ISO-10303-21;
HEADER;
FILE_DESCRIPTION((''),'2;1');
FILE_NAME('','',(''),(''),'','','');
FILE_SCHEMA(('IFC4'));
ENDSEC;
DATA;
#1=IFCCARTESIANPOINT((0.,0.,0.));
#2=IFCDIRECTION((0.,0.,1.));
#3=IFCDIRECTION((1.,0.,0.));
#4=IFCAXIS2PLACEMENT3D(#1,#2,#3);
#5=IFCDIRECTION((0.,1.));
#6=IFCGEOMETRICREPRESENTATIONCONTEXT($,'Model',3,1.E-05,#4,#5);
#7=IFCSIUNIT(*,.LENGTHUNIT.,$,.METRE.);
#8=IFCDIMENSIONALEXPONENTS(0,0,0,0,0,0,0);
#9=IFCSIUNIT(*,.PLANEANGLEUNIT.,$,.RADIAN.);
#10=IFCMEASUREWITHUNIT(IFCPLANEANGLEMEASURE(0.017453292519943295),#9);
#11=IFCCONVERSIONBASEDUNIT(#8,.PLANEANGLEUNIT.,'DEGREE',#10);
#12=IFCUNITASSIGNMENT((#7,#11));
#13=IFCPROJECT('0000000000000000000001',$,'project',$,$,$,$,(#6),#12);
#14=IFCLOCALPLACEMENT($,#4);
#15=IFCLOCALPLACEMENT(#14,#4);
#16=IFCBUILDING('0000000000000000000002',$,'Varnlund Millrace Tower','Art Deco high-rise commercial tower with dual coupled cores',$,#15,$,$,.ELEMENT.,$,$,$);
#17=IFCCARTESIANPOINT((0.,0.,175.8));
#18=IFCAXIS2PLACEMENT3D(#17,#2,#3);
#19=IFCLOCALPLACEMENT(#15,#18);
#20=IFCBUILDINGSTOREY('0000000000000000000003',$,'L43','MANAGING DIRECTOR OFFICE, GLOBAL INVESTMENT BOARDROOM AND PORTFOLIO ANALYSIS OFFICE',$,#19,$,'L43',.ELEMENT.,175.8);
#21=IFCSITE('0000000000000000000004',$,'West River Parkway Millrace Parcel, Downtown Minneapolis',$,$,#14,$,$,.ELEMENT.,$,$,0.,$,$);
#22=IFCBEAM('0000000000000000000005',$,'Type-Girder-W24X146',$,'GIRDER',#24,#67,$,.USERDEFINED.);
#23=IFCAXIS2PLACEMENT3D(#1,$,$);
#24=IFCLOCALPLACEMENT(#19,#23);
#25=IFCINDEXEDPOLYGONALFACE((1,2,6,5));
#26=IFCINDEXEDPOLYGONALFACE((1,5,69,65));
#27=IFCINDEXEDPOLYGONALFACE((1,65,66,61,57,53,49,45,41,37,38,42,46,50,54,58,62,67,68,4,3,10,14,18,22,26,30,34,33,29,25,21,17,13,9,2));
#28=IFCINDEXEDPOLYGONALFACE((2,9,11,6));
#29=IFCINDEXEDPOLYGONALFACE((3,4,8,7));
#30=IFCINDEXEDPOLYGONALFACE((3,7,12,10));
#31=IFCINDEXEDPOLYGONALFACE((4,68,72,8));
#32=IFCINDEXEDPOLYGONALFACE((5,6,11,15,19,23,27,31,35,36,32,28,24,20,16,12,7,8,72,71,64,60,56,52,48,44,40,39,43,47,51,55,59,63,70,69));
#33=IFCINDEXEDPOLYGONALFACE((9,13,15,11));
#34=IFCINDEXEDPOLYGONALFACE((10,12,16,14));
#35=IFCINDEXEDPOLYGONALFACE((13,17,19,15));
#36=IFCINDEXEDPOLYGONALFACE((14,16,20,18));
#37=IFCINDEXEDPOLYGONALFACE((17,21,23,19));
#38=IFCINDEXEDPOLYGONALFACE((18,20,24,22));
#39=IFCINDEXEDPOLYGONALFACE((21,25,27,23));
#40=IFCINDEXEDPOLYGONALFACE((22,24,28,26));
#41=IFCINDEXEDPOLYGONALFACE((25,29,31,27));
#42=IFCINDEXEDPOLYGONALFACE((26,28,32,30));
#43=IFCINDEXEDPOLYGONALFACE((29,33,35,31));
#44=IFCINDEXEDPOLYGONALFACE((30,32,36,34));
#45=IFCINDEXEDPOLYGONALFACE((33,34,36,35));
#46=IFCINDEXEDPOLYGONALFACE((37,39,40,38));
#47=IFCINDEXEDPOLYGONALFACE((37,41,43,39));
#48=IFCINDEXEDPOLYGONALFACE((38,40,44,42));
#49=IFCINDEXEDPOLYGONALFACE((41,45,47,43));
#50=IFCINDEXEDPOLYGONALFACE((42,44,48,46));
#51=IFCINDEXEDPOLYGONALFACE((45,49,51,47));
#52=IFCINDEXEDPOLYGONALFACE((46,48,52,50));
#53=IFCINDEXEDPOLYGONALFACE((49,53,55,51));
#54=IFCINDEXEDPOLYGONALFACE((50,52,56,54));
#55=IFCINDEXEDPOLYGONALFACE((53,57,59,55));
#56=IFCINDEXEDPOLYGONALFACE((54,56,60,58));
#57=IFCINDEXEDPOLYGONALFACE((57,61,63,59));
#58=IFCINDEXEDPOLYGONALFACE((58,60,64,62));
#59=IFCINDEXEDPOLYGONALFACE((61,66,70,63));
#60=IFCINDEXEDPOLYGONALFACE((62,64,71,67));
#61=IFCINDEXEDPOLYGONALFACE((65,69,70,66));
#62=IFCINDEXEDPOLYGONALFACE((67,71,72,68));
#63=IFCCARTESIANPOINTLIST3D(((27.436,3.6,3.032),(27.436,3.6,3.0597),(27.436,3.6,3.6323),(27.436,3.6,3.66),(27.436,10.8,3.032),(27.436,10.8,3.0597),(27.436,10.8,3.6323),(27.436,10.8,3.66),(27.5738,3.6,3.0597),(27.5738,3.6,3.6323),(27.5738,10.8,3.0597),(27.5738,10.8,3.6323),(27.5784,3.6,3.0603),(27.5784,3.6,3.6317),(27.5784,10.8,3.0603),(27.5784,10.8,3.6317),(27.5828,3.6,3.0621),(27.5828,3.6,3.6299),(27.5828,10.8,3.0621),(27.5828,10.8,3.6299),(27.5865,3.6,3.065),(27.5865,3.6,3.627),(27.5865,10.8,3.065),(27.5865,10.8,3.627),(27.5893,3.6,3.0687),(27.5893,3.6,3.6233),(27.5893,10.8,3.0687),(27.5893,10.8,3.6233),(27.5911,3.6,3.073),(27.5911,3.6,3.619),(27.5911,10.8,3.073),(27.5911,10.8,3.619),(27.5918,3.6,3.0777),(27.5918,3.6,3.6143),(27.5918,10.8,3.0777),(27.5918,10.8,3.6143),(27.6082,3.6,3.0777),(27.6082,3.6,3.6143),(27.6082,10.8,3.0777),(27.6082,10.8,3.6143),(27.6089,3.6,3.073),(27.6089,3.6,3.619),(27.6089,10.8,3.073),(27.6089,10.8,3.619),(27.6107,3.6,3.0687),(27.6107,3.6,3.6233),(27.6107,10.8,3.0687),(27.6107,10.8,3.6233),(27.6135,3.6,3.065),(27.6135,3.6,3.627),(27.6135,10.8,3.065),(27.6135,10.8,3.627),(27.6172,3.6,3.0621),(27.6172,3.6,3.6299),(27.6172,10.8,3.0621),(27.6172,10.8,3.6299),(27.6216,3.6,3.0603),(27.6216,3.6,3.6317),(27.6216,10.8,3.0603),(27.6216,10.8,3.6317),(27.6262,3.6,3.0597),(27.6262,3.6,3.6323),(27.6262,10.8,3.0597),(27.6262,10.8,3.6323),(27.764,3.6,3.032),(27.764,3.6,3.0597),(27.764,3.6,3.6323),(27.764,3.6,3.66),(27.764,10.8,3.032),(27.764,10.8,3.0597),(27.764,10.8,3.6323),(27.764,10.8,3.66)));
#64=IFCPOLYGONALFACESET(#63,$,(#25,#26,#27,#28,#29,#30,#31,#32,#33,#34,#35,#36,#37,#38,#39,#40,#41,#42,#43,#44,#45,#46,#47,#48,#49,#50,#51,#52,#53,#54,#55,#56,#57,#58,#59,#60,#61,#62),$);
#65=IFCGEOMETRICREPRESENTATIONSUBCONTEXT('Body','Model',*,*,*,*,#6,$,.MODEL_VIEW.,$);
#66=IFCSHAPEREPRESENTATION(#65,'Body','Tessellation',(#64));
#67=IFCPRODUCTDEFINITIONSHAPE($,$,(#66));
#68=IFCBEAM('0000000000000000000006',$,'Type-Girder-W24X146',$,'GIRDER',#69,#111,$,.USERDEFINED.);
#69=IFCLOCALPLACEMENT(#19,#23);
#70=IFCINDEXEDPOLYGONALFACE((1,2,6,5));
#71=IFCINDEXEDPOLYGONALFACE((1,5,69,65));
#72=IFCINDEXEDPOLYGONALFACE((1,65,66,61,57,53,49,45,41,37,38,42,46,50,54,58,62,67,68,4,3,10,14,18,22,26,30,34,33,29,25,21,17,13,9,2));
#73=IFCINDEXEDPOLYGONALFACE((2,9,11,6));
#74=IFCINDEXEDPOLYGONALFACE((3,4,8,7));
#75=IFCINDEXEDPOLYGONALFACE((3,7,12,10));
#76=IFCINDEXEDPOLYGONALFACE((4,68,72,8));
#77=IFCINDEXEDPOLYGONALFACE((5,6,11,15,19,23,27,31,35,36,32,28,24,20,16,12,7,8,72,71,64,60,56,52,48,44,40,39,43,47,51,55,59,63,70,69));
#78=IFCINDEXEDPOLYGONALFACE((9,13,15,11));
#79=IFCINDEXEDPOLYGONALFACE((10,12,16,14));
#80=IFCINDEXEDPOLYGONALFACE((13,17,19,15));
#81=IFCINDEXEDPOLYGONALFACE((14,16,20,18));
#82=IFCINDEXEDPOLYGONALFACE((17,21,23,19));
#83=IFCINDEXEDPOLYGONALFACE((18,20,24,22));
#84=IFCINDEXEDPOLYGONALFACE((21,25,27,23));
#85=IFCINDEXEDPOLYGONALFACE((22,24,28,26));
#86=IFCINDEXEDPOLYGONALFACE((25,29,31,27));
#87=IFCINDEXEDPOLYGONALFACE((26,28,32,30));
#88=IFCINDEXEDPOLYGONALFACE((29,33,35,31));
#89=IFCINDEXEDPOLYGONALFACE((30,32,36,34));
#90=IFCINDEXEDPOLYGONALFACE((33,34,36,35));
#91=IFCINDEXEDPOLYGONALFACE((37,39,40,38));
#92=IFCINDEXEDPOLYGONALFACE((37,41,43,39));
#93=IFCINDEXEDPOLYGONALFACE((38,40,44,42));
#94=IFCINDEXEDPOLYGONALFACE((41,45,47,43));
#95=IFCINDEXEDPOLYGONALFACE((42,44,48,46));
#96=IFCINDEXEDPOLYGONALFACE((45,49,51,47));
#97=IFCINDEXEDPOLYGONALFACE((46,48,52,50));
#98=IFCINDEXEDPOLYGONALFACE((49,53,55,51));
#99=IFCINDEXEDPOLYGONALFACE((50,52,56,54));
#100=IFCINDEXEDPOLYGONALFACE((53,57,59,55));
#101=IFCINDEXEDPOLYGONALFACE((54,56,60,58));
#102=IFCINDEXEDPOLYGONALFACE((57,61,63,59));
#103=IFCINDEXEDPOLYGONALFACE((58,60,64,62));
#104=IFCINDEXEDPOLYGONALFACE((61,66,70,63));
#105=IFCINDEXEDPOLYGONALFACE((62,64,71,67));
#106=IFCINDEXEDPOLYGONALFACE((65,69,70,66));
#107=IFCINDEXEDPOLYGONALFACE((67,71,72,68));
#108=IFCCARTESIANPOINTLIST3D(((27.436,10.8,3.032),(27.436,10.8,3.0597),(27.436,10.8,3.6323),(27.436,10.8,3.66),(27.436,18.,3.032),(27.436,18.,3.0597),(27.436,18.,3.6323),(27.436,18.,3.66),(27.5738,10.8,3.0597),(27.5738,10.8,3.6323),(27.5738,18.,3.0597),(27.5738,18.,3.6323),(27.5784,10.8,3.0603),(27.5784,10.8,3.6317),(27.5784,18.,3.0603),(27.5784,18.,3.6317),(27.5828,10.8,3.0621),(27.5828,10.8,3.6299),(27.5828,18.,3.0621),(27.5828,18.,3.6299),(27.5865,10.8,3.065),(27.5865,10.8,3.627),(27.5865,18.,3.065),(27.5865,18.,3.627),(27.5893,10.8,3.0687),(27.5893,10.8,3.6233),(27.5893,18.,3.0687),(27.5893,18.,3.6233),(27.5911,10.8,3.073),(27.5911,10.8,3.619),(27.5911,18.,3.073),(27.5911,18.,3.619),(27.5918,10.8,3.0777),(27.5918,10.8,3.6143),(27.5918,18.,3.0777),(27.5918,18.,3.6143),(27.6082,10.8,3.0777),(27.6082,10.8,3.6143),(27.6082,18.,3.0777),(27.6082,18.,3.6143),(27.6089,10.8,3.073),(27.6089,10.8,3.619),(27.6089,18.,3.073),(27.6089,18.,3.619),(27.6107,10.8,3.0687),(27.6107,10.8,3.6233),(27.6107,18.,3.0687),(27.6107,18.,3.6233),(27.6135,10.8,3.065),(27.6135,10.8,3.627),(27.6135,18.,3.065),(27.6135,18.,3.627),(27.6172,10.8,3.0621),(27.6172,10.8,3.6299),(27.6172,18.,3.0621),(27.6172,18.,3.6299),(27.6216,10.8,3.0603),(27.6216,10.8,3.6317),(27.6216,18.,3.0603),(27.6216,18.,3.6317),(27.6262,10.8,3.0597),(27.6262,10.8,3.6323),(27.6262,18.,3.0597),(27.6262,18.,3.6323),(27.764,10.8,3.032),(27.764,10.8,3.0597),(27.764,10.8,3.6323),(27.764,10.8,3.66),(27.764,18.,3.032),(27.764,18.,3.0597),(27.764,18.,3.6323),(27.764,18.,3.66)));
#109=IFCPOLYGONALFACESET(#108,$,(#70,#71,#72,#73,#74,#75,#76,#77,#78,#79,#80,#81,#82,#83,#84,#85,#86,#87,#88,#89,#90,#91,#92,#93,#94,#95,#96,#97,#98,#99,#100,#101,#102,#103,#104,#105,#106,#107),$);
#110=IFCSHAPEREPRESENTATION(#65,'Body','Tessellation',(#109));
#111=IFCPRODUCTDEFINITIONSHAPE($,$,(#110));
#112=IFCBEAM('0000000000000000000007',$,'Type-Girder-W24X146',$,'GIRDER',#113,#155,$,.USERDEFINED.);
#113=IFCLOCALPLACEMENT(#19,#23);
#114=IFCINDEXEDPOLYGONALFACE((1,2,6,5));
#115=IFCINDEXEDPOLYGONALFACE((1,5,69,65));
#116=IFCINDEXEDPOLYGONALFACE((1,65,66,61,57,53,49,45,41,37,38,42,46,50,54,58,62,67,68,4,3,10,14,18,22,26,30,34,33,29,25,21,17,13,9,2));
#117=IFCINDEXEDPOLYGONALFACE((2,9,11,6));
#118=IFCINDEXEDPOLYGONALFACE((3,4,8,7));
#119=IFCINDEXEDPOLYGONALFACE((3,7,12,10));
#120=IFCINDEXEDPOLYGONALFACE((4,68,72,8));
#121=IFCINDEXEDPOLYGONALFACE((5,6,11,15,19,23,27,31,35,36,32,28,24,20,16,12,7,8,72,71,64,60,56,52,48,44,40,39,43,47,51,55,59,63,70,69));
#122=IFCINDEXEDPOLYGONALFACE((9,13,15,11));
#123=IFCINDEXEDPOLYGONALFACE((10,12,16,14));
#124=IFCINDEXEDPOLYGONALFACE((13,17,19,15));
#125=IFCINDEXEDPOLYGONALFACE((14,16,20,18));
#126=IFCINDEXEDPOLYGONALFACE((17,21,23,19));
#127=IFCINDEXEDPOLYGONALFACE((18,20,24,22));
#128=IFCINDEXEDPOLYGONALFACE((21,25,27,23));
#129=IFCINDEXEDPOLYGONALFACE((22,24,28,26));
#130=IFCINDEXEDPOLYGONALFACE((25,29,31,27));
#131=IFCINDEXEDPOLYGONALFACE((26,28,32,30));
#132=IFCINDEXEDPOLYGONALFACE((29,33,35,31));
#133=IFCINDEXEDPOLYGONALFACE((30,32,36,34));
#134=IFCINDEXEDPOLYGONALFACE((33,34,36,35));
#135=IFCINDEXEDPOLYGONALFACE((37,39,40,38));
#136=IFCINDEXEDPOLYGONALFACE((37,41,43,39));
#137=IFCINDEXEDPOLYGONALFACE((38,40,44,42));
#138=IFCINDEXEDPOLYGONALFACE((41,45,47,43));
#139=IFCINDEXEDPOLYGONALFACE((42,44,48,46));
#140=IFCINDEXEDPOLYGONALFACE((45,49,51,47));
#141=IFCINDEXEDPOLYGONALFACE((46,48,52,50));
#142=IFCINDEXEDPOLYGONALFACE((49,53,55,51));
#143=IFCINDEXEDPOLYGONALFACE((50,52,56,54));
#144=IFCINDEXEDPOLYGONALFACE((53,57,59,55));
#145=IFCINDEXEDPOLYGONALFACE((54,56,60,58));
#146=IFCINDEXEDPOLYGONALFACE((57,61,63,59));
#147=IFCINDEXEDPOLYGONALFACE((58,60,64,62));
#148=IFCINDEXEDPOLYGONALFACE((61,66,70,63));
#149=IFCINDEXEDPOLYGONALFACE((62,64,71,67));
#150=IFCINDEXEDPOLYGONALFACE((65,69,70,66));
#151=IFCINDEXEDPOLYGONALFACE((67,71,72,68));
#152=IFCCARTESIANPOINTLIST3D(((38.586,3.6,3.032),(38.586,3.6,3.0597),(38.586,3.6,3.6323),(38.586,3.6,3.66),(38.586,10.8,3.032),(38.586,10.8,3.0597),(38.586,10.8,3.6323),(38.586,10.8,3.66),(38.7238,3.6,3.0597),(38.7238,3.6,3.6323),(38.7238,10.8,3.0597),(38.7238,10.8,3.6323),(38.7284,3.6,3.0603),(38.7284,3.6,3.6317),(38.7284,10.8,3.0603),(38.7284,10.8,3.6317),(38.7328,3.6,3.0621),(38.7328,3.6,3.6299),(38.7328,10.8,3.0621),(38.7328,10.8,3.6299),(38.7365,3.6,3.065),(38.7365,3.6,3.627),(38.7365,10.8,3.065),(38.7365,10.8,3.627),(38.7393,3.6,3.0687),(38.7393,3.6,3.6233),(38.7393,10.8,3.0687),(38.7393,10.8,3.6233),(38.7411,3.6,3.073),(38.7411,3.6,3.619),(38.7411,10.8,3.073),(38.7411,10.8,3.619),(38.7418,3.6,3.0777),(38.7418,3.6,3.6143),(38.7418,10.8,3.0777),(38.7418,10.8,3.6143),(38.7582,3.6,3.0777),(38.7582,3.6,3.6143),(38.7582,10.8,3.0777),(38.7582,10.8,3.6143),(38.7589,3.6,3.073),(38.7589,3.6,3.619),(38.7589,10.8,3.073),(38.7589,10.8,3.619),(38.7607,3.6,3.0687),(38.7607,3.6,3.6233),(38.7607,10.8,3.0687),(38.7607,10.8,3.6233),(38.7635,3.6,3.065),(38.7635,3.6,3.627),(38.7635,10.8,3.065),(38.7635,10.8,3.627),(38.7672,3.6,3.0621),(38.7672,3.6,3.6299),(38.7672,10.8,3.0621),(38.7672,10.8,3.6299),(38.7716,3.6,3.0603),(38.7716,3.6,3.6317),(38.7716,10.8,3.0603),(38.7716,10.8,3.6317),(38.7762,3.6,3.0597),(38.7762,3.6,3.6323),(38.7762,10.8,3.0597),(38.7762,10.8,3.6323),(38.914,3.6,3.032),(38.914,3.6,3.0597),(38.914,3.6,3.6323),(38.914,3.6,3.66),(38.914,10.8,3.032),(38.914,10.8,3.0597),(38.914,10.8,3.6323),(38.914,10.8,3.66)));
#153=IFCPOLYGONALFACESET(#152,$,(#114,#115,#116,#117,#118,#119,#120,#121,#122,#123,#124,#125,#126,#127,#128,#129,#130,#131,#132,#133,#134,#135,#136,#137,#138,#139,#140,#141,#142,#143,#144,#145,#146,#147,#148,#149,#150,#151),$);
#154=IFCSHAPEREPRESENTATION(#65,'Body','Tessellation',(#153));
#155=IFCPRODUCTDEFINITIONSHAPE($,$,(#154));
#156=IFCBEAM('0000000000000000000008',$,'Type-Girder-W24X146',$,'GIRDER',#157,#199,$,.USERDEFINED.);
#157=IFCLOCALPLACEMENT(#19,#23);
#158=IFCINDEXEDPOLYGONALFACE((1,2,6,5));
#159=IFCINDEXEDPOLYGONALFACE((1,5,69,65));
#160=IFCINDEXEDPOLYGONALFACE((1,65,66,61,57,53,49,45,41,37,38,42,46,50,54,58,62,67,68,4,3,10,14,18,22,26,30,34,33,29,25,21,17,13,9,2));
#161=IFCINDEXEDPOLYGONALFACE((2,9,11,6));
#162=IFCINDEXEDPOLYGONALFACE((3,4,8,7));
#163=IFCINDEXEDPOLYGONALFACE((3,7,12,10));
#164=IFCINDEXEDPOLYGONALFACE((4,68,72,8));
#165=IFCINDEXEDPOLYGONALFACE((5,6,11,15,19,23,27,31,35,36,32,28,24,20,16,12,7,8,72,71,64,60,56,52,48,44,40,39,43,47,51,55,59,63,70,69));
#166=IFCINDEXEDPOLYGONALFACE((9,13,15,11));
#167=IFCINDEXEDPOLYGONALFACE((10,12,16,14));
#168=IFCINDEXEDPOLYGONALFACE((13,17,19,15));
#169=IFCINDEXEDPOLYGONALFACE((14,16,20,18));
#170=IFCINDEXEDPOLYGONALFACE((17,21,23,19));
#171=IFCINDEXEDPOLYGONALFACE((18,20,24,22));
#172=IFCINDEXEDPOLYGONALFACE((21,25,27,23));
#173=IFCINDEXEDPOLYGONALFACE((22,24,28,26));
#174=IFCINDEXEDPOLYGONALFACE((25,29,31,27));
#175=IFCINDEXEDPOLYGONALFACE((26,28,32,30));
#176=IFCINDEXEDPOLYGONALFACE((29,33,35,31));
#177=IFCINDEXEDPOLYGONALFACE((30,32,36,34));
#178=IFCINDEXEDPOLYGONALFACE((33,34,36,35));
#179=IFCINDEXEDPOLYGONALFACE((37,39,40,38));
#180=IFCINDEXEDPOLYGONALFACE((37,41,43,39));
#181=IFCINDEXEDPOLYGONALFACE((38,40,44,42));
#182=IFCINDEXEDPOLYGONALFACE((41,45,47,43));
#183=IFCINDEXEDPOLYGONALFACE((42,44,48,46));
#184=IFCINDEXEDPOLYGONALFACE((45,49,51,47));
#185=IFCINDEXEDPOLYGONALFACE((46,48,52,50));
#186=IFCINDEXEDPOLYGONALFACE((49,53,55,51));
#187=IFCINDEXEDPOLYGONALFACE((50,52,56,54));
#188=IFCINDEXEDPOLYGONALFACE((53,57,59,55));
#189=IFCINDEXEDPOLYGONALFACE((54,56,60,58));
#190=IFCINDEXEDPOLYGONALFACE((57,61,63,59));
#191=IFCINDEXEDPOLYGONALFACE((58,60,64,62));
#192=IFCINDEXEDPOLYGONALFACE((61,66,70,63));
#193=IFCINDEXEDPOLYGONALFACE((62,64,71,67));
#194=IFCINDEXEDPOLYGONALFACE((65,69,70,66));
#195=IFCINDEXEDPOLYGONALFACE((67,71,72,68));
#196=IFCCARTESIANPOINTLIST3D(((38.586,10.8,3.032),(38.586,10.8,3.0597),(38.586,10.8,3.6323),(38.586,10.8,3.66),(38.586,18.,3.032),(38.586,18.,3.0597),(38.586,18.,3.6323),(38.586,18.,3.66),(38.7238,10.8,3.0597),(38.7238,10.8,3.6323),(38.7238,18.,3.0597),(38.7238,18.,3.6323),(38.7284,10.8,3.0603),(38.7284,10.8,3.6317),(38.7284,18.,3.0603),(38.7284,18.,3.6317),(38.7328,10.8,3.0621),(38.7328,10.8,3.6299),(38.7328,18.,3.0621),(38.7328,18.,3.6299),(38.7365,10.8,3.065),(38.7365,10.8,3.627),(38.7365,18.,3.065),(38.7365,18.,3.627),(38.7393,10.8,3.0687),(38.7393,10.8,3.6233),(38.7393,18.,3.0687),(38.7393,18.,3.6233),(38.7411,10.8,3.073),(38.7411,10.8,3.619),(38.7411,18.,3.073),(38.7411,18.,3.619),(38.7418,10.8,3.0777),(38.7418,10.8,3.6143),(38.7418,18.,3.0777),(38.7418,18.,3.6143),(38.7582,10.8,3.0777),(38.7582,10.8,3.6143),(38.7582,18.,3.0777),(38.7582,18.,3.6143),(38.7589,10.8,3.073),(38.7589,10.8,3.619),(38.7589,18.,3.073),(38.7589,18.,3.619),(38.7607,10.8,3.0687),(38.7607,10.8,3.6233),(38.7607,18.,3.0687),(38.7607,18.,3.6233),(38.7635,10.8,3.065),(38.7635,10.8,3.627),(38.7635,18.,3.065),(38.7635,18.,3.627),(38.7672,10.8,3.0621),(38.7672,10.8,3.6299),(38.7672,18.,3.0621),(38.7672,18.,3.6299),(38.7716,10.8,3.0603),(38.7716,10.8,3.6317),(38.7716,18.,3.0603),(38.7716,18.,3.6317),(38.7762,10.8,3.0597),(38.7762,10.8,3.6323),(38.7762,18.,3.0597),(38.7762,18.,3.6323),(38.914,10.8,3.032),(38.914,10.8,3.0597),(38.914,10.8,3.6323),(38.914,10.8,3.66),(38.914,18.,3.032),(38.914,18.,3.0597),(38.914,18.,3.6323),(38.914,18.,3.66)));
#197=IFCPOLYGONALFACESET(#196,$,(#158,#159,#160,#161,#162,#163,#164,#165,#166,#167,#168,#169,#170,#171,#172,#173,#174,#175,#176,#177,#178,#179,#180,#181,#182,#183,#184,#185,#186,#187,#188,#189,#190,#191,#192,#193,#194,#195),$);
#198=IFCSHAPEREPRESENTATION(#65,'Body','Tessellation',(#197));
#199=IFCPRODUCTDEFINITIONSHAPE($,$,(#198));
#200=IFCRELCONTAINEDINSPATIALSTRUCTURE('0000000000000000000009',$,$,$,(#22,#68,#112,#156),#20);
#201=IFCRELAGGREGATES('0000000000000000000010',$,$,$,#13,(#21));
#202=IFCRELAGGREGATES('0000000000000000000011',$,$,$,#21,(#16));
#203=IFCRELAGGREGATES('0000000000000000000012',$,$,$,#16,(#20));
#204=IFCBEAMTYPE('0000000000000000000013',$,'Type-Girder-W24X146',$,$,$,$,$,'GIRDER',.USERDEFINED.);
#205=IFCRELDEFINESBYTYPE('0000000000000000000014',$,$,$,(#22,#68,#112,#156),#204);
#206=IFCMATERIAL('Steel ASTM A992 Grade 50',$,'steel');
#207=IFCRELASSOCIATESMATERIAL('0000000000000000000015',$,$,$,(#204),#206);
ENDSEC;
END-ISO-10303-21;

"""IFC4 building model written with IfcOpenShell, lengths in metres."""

from ifc_helpers import new_model, entity, si_unit, converted_unit, direction, frame, origin_with_axes, origin_2d_with_axis, place, context, subcontext, project, spatial, i_section, extrude, material, material_profile, profile_set, type_object, element, save


model = new_model("IFC4")

# Units and contexts
model_context = context("Model", 3, precision=1e-05, world=origin_with_axes(), true_north=direction((0.0, 1.0)))
body_context = subcontext(model_context, "Body", "Model", "MODEL_VIEW")
ifc_project = project(units=[si_unit("LENGTHUNIT", "METRE"), converted_unit("PLANEANGLEUNIT", "DEGREE", entity("IfcPlaneAngleMeasure", 0.017453292519943295), si_unit("PLANEANGLEUNIT", "RADIAN"), dimensions=[0, 0, 0, 0, 0, 0, 0])], contexts=[model_context])

# Site, building, storey
site_placement = place(None, origin_with_axes())
site = spatial("IfcSite", under=ifc_project, at=site_placement, Name="West River Parkway Millrace Parcel, Downtown Minneapolis", CompositionType="ELEMENT", RefElevation=0.0)
building_placement = place(site_placement, origin_with_axes())
building = spatial("IfcBuilding", under=site, at=building_placement, Name="Varnlund Millrace Tower", Description="Art Deco high-rise commercial tower with dual coupled cores", CompositionType="ELEMENT")
storey_placement = place(building_placement, frame((0.0, 0.0, 175.8), z_axis=(0.0, 0.0, 1.0), x_axis=(1.0, 0.0, 0.0)))
storey = spatial("IfcBuildingStorey", under=building, at=storey_placement, Name="L43", Description="MANAGING DIRECTOR OFFICE, GLOBAL INVESTMENT BOARDROOM AND PORTFOLIO ANALYSIS OFFICE", LongName="L43", CompositionType="ELEMENT", Elevation=175.8)

# Beams
ifc_material_1 = material(Name="Steel ASTM A992 Grade 50", Category="steel")
ifc_material_profile_1 = material_profile(ifc_material_1, i_section(OverallWidth=0.328, OverallDepth=0.628, WebThickness=0.0165, FlangeThickness=0.0277, FilletRadius=0.018, at=origin_2d_with_axis()), Name="Steel ASTM A992 Grade 50")
ifc_profile_set_1 = profile_set([ifc_material_profile_1], Name="Steel ASTM A992 Grade 50")
beam_type_1 = type_object("IfcBeamType", Name="Type-Girder-W24X146", ElementType="GIRDER", PredefinedType="USERDEFINED", material=ifc_profile_set_1)
for number, where, z_axis, x_axis, name in (
    (1, (27.6, 3.6, 3.346), (0.0, 1.0, 0.0), (-1.0, 0.0, 0.0), "Type-Girder-W24X146"),
    (2, (27.6, 10.8, 3.346), (0.0, 1.0, 0.0), (-1.0, 0.0, 0.0), "Type-Girder-W24X146"),
    (3, (38.75, 3.6, 3.346), (0.0, 1.0, 0.0), (-1.0, 0.0, 0.0), "Type-Girder-W24X146"),
    (4, (38.75, 10.8, 3.346), (0.0, 1.0, 0.0), (-1.0, 0.0, 0.0), "Type-Girder-W24X146"),
):
    element("IfcBeam", number, at=place(storey_placement, frame(where, z_axis=z_axis, x_axis=x_axis)), inside=storey, type_object=beam_type_1, Name=name, ObjectType="GIRDER", PredefinedType="USERDEFINED", context=body_context, shape_type="SweptSolid", body=[
        extrude(i_section(OverallWidth=0.328, OverallDepth=0.628, WebThickness=0.0165, FlangeThickness=0.0277, FilletRadius=0.018, at=origin_2d_with_axis()), origin_with_axes(), (0.0, 0.0, 1.0), 7.2),
    ])

save(model, "model.ifc")
